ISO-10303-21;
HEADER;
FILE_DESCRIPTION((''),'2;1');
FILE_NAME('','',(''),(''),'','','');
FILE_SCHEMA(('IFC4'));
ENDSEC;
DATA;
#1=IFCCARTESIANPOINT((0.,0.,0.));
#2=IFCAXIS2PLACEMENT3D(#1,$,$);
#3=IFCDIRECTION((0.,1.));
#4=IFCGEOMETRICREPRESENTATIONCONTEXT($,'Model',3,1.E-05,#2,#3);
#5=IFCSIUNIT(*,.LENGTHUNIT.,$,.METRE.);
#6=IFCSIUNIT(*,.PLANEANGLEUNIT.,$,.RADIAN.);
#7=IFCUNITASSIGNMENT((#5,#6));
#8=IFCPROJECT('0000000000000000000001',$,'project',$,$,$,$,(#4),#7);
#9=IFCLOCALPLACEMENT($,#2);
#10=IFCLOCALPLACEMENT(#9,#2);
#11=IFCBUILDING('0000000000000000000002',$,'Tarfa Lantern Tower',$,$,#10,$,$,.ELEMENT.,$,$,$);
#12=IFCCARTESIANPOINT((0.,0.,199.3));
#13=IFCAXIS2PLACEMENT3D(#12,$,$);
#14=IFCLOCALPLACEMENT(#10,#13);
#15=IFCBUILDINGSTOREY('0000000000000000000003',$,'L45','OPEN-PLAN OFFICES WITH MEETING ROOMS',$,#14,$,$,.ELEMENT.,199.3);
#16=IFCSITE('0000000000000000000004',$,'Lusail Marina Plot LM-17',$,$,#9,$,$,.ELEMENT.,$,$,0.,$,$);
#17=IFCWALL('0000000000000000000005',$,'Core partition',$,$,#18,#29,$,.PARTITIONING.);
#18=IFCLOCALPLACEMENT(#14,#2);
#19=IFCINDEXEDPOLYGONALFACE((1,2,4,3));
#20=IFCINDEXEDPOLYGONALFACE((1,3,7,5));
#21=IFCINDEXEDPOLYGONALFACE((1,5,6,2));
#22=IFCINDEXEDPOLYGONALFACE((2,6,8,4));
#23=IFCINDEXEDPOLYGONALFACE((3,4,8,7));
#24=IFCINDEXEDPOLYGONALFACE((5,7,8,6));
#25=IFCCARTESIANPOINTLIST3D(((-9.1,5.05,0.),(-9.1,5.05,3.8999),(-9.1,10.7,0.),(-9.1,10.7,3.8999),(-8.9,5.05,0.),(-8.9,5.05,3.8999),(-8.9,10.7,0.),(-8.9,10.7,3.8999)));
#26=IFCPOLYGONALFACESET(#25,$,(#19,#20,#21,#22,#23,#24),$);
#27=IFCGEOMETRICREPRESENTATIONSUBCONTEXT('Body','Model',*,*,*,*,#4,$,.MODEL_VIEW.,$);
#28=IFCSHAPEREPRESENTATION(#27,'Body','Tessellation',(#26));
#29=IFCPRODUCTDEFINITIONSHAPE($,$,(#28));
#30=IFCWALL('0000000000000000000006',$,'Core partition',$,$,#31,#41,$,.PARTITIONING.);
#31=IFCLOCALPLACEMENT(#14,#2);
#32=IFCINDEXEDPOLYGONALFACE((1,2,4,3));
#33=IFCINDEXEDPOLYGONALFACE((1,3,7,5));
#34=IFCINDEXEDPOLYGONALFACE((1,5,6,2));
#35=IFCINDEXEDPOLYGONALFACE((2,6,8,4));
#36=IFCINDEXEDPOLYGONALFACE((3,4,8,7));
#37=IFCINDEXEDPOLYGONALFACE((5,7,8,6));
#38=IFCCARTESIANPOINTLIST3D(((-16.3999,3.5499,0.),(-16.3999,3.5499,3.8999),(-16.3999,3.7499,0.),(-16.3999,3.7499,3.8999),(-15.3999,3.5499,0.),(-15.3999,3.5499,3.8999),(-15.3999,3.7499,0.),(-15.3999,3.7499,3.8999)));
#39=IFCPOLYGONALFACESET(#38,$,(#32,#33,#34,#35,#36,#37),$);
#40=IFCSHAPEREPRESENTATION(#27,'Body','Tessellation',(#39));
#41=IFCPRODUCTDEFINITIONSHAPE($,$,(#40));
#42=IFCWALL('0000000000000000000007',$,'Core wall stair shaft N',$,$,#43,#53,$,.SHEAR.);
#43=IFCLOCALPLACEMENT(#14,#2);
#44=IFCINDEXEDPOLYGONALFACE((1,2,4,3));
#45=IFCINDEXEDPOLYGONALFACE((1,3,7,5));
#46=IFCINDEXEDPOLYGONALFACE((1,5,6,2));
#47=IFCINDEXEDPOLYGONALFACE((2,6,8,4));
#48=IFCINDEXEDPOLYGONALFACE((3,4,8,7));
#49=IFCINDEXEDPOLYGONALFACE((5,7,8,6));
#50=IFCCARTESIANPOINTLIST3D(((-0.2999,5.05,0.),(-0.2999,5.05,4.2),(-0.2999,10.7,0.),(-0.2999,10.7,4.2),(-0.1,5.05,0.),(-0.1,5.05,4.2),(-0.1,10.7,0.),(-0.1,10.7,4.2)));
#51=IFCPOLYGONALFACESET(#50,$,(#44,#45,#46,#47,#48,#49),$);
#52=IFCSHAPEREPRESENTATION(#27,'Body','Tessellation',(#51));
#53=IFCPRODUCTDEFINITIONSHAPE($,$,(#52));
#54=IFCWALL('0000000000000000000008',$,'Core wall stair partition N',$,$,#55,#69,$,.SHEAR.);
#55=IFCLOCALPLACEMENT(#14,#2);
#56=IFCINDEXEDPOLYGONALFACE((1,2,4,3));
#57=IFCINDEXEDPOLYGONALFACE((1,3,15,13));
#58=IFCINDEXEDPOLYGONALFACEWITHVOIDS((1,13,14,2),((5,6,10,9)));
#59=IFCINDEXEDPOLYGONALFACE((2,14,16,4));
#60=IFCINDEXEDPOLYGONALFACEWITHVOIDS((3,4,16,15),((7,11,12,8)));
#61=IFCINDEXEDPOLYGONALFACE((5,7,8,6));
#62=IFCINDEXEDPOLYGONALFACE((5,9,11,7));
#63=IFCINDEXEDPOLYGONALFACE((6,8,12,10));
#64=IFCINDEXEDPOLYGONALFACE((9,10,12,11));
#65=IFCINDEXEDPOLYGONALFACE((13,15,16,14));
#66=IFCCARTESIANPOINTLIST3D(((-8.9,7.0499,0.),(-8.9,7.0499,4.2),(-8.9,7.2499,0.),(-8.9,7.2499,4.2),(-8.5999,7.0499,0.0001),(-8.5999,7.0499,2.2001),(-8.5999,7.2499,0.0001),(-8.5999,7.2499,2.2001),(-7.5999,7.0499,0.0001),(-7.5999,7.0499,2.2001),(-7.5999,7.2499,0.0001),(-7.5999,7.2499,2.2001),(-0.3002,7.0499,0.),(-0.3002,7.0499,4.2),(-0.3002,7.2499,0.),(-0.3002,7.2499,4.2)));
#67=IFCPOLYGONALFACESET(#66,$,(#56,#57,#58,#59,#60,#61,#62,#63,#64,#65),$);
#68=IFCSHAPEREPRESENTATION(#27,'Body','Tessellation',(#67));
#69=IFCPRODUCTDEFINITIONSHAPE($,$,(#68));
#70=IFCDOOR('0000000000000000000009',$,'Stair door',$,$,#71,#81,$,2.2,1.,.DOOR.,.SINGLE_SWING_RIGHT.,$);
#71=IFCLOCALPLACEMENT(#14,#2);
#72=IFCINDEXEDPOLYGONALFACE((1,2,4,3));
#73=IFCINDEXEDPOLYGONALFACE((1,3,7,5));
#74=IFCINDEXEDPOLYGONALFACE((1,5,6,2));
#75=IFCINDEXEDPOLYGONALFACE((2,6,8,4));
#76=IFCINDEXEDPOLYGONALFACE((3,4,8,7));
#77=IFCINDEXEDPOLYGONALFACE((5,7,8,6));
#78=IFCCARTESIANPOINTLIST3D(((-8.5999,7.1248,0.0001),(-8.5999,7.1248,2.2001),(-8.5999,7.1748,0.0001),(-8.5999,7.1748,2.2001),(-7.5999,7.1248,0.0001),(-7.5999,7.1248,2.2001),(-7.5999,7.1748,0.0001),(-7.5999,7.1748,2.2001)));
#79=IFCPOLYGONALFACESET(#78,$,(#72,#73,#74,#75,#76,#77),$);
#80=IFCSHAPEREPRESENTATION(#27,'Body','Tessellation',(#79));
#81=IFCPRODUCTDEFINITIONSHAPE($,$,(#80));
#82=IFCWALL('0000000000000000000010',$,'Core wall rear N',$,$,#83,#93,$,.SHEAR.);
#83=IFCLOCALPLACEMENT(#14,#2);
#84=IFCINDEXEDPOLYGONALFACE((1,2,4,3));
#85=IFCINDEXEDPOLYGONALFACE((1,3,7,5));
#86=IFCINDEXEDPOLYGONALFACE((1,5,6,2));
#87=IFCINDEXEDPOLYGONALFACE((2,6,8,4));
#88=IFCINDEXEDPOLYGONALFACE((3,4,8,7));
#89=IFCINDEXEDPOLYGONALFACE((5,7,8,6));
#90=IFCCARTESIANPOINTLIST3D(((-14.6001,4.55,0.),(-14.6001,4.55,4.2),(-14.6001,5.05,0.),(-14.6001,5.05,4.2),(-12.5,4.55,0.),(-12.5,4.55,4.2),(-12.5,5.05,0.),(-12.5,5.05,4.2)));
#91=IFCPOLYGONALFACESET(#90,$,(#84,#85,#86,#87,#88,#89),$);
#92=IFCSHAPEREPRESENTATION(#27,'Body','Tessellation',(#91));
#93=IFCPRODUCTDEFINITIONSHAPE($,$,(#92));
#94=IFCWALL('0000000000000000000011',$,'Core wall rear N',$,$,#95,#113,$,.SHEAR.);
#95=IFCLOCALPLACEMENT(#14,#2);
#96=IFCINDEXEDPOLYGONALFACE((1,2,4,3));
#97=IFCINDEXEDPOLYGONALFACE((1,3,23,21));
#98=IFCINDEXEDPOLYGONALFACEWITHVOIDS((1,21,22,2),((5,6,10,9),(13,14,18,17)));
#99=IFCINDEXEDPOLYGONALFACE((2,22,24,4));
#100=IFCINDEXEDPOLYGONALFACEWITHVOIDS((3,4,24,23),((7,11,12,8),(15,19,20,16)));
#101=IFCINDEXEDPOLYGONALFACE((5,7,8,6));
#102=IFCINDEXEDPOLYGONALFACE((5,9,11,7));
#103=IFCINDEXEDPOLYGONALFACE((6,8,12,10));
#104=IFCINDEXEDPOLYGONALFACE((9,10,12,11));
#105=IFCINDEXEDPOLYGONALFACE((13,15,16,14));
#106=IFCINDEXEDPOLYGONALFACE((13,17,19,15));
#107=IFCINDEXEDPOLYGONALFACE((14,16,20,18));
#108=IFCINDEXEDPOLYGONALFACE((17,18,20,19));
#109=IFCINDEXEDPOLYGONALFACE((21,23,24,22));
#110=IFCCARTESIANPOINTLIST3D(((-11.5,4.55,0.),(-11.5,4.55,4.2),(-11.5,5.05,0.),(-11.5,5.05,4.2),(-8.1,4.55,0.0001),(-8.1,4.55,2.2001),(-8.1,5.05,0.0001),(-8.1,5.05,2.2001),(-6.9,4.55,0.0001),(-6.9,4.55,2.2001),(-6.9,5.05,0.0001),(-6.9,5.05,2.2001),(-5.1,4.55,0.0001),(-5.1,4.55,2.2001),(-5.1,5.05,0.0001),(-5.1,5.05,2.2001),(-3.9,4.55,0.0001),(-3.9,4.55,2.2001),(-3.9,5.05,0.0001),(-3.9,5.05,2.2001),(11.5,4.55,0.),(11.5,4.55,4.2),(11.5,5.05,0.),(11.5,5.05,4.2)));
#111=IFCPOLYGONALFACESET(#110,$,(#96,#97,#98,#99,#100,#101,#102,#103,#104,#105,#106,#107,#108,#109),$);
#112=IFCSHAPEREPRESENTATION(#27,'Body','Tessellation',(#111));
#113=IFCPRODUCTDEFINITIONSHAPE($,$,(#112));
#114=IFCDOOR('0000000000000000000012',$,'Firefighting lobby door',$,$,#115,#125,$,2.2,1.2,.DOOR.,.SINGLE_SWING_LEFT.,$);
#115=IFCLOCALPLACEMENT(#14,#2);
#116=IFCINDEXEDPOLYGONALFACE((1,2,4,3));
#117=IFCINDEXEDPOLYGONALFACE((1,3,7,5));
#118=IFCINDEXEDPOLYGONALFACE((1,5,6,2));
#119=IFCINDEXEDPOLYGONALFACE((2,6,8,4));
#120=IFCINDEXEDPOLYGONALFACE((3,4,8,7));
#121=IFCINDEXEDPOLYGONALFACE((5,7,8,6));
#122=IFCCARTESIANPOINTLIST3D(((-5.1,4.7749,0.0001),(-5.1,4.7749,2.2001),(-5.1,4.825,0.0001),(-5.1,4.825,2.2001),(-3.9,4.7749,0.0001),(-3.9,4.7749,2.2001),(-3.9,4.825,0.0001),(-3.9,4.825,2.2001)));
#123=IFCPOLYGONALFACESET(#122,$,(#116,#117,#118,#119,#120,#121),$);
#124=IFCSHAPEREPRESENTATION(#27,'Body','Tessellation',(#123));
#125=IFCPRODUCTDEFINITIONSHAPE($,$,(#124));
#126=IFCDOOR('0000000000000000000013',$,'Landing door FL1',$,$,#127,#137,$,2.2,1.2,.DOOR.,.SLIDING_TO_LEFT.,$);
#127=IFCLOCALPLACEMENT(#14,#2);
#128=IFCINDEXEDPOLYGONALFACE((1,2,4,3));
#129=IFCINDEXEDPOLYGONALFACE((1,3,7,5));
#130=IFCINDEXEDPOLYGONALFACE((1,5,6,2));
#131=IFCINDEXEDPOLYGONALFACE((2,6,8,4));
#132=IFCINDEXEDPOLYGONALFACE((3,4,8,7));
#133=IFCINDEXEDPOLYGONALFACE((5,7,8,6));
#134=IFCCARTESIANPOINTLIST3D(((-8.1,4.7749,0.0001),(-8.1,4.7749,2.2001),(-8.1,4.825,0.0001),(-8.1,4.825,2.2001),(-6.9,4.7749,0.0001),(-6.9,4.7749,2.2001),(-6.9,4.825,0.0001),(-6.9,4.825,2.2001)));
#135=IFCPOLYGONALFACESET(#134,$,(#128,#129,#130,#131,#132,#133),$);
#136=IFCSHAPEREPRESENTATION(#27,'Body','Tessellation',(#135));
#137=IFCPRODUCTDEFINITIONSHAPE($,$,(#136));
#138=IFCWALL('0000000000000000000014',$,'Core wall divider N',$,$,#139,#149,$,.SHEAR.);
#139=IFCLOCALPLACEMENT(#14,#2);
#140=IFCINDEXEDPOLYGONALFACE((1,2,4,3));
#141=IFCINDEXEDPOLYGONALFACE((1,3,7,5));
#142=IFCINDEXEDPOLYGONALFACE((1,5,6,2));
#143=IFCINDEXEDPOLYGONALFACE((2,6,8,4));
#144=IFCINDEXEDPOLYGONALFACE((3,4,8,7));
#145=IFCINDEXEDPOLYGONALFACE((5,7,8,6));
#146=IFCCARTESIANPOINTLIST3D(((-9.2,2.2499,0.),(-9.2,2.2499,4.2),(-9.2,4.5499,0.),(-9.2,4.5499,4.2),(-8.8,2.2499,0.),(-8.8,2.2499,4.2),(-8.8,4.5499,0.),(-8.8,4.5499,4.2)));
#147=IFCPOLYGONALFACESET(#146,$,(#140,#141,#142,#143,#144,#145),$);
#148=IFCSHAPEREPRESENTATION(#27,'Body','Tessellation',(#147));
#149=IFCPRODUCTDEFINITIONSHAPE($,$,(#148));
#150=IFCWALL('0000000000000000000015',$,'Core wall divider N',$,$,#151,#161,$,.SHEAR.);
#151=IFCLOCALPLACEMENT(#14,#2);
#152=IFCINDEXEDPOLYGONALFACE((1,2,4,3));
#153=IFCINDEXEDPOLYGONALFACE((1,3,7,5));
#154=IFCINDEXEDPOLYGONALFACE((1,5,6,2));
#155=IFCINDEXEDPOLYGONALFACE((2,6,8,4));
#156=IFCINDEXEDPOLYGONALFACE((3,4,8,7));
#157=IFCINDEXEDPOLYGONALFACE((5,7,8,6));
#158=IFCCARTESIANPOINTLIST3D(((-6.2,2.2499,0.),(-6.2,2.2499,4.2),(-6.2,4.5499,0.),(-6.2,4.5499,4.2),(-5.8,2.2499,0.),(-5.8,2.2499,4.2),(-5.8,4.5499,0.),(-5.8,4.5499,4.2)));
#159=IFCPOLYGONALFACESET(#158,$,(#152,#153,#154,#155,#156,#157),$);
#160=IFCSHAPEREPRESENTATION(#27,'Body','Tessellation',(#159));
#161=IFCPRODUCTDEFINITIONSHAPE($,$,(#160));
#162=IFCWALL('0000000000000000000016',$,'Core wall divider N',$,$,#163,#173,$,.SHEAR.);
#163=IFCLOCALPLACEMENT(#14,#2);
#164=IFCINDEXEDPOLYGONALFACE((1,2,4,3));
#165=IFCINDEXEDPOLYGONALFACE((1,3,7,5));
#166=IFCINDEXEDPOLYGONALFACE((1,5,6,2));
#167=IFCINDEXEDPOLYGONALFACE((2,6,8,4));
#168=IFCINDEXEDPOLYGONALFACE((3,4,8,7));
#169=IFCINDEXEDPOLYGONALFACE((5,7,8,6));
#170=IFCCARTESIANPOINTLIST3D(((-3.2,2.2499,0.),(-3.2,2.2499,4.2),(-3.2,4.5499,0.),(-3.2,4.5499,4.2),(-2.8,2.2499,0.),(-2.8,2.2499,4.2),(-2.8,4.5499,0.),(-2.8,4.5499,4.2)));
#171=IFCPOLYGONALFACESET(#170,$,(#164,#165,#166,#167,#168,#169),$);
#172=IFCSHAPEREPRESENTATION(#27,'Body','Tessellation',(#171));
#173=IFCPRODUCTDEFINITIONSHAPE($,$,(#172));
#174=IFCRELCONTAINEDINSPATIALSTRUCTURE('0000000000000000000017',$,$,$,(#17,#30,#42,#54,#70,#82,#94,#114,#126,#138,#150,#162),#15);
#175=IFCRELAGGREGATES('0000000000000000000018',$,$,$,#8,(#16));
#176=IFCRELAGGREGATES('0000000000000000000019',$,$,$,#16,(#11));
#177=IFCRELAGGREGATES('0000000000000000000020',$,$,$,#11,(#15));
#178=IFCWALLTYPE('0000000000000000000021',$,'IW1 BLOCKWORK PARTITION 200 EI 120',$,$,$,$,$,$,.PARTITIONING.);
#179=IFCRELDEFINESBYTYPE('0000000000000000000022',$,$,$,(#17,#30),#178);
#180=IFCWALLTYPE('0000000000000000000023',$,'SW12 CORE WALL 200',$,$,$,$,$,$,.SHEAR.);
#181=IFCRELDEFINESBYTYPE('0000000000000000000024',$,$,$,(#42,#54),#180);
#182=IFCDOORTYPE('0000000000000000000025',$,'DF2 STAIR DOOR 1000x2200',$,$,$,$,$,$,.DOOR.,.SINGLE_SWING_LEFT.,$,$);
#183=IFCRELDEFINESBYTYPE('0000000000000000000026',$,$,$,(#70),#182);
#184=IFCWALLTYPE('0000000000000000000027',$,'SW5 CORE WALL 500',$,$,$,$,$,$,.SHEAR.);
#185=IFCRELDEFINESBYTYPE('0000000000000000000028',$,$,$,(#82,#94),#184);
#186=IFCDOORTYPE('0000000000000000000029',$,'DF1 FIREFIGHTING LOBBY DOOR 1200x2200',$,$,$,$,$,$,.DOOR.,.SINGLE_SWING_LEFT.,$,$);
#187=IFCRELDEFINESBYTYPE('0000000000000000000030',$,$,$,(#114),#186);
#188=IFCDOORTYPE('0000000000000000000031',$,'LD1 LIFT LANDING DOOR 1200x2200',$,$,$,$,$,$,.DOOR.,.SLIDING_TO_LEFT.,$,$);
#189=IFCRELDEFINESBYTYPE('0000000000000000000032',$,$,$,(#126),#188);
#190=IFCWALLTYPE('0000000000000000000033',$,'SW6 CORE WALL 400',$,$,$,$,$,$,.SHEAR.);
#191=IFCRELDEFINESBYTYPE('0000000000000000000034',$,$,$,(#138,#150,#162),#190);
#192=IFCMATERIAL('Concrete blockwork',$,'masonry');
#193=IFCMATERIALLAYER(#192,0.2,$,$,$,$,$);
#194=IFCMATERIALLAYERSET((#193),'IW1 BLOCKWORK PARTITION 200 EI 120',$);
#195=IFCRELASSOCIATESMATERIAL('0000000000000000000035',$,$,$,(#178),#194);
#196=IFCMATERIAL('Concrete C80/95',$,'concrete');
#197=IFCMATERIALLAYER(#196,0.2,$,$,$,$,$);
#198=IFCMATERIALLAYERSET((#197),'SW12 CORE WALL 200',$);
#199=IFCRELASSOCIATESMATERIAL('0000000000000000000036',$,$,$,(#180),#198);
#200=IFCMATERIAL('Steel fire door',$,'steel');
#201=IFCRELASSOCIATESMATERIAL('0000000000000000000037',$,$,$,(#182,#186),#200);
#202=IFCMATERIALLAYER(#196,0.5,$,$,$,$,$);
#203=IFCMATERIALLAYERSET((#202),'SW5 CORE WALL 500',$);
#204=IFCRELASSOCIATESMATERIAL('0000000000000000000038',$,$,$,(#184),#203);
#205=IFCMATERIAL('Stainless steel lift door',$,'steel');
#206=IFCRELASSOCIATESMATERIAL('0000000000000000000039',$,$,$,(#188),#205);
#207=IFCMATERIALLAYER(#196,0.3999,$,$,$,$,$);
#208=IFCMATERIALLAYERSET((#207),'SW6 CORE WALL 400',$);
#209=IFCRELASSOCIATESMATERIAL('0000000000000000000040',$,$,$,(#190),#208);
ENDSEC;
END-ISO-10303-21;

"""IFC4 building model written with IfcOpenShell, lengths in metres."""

from ifc_helpers import new_model, si_unit, direction, frame, frame_2d, origin, place, context, subcontext, project, spatial, rectangle, extrude, material, layer, layer_set, type_object, element, fill, save


model = new_model("IFC4")

# Units and contexts
model_context = context("Model", 3, precision=1e-05, world=origin(), true_north=direction((0.0, 1.0)))
body_context = subcontext(model_context, "Body", "Model", "MODEL_VIEW")
ifc_project = project(units=[si_unit("LENGTHUNIT", "METRE"), si_unit("PLANEANGLEUNIT", "RADIAN")], contexts=[model_context])

# Site, building, storey
site_placement = place(None, origin())
site = spatial("IfcSite", under=ifc_project, at=site_placement, Name="Lusail Marina Plot LM-17", CompositionType="ELEMENT", RefElevation=0.0)
building_placement = place(site_placement, origin())
building = spatial("IfcBuilding", under=site, at=building_placement, Name="Tarfa Lantern Tower", CompositionType="ELEMENT")
storey_placement = place(building_placement, frame((0.0, 0.0, 199.3)))
storey = spatial("IfcBuildingStorey", under=building, at=storey_placement, Name="L45", Description="OPEN-PLAN OFFICES WITH MEETING ROOMS", CompositionType="ELEMENT", Elevation=199.3)

# Walls
ifc_material_1 = material(Name="Concrete blockwork", Category="masonry")
ifc_layer_1 = layer(ifc_material_1, 0.2)
ifc_layer_set_1 = layer_set([ifc_layer_1], Name="IW1 BLOCKWORK PARTITION 200 EI 120")
wall_type_1 = type_object("IfcWallType", Name="IW1 BLOCKWORK PARTITION 200 EI 120", PredefinedType="PARTITIONING", material=ifc_layer_set_1)
wall_1_placement = place(storey_placement, frame((-9.0, 5.05, 0.0), z_axis=(0.0, 0.0, 1.0), x_axis=(0.0, 1.0, 0.0)))
element("IfcWall", 1, at=wall_1_placement, inside=storey, type_object=wall_type_1, Name="Core partition", PredefinedType="PARTITIONING", context=body_context, shape_type="SweptSolid", body=[
    extrude(rectangle(XDim=5.6499, YDim=0.2, at=frame_2d((2.825, 0.0))), origin(), (0.0, 0.0, 1.0), 3.8999),
])
wall_2_placement = place(storey_placement, frame((-16.3999, 3.6499, 0.0), z_axis=(0.0, 0.0, 1.0), x_axis=(1.0, 0.0, 0.0)))
element("IfcWall", 2, at=wall_2_placement, inside=storey, type_object=wall_type_1, Name="Core partition", PredefinedType="PARTITIONING", context=body_context, shape_type="SweptSolid", body=[
    extrude(rectangle(XDim=1.0, YDim=0.2, at=frame_2d((0.5, 0.0))), origin(), (0.0, 0.0, 1.0), 3.8999),
])
ifc_material_2 = material(Name="Concrete C80/95", Category="concrete")
ifc_layer_2 = layer(ifc_material_2, 0.2)
ifc_layer_set_2 = layer_set([ifc_layer_2], Name="SW12 CORE WALL 200")
wall_type_2 = type_object("IfcWallType", Name="SW12 CORE WALL 200", PredefinedType="SHEAR", material=ifc_layer_set_2)
wall_3_placement = place(storey_placement, frame((-0.2, 5.05, 0.0), z_axis=(0.0, 0.0, 1.0), x_axis=(0.0, 1.0, 0.0)))
element("IfcWall", 3, at=wall_3_placement, inside=storey, type_object=wall_type_2, Name="Core wall stair shaft N", PredefinedType="SHEAR", context=body_context, shape_type="SweptSolid", body=[
    extrude(rectangle(XDim=5.6499, YDim=0.2, at=frame_2d((2.825, 0.0))), origin(), (0.0, 0.0, 1.0), 4.2),
])

# Wall, opening, door
wall_4_placement = place(storey_placement, frame((-8.8999, 7.1499, 0.0), z_axis=(0.0, 0.0, 1.0), x_axis=(1.0, 0.0, 0.0)))
wall_4 = element("IfcWall", 4, at=wall_4_placement, inside=storey, type_object=wall_type_2, Name="Core wall stair partition N", PredefinedType="SHEAR", context=body_context, shape_type="SweptSolid", body=[
    extrude(rectangle(XDim=8.5999, YDim=0.2, at=frame_2d((4.2998, 0.0))), origin(), (0.0, 0.0, 1.0), 4.2),
])
opening_1_placement = place(wall_4_placement, frame((0.3, 0.0, 0.0)))
opening_1 = element("IfcOpeningElement", 5, at=opening_1_placement, cuts=wall_4, PredefinedType="OPENING", context=body_context, shape_type="SweptSolid", body=[
    extrude(rectangle(XDim=1.0, YDim=2.2, at=frame_2d((0.5, 1.1001))), frame((0.0, 0.1099, 0.0), z_axis=(0.0, -1.0, 0.0), x_axis=(1.0, 0.0, 0.0)), (0.0, 0.0, 1.0), 0.22),
])
ifc_material_3 = material(Name="Steel fire door", Category="steel")
door_type_1 = type_object("IfcDoorType", Name="DF2 STAIR DOOR 1000x2200", OperationType="SINGLE_SWING_LEFT", PredefinedType="DOOR", material=ifc_material_3)
door_1_placement = place(opening_1_placement, origin())
door_1 = element("IfcDoor", 6, at=door_1_placement, inside=storey, type_object=door_type_1, Name="Stair door", OperationType="SINGLE_SWING_RIGHT", OverallHeight=2.2, OverallWidth=1.0, PredefinedType="DOOR", context=body_context, shape_type="SweptSolid", body=[
    extrude(rectangle(XDim=1.0, YDim=2.2, at=frame_2d((0.5, 1.1001))), frame((0.0, 0.0249, 0.0), z_axis=(0.0, -1.0, 0.0), x_axis=(1.0, 0.0, 0.0)), (0.0, 0.0, 1.0), 0.05),
])
fill(opening_1, door_1)

# Wall
ifc_layer_3 = layer(ifc_material_2, 0.5)
ifc_layer_set_3 = layer_set([ifc_layer_3], Name="SW5 CORE WALL 500")
wall_type_3 = type_object("IfcWallType", Name="SW5 CORE WALL 500", PredefinedType="SHEAR", material=ifc_layer_set_3)
wall_5_placement = place(storey_placement, frame((-14.6001, 4.8, 0.0), z_axis=(0.0, 0.0, 1.0), x_axis=(1.0, 0.0, 0.0)))
element("IfcWall", 7, at=wall_5_placement, inside=storey, type_object=wall_type_3, Name="Core wall rear N", PredefinedType="SHEAR", context=body_context, shape_type="SweptSolid", body=[
    extrude(rectangle(XDim=2.1001, YDim=0.5, at=frame_2d((1.05, 0.0))), origin(), (0.0, 0.0, 1.0), 4.2),
])

# Wall, openings, doors
wall_6_placement = place(storey_placement, frame((-11.5, 4.8, 0.0), z_axis=(0.0, 0.0, 1.0), x_axis=(1.0, 0.0, 0.0)))
wall_6 = element("IfcWall", 8, at=wall_6_placement, inside=storey, type_object=wall_type_3, Name="Core wall rear N", PredefinedType="SHEAR", context=body_context, shape_type="SweptSolid", body=[
    extrude(rectangle(XDim=23.0, YDim=0.5, at=frame_2d((11.5, 0.0))), origin(), (0.0, 0.0, 1.0), 4.2),
])
opening_2_placement = place(wall_6_placement, frame((6.3999, 0.0, 0.0)))
opening_2 = element("IfcOpeningElement", 9, at=opening_2_placement, cuts=wall_6, PredefinedType="OPENING", context=body_context, shape_type="SweptSolid", body=[
    extrude(rectangle(XDim=1.2, YDim=2.2, at=frame_2d((0.6001, 1.1001))), frame((0.0, 0.26, 0.0), z_axis=(0.0, -1.0, 0.0), x_axis=(1.0, 0.0, 0.0)), (0.0, 0.0, 1.0), 0.52),
])
opening_3_placement = place(wall_6_placement, frame((3.3999, 0.0, 0.0)))
opening_3 = element("IfcOpeningElement", 10, at=opening_3_placement, cuts=wall_6, PredefinedType="OPENING", context=body_context, shape_type="SweptSolid", body=[
    extrude(rectangle(XDim=1.2, YDim=2.2, at=frame_2d((0.6001, 1.1001))), frame((0.0, 0.26, 0.0), z_axis=(0.0, -1.0, 0.0), x_axis=(1.0, 0.0, 0.0)), (0.0, 0.0, 1.0), 0.52),
])
door_type_2 = type_object("IfcDoorType", Name="DF1 FIREFIGHTING LOBBY DOOR 1200x2200", OperationType="SINGLE_SWING_LEFT", PredefinedType="DOOR", material=ifc_material_3)
door_2_placement = place(opening_2_placement, origin())
door_2 = element("IfcDoor", 11, at=door_2_placement, inside=storey, type_object=door_type_2, Name="Firefighting lobby door", OperationType="SINGLE_SWING_LEFT", OverallHeight=2.2, OverallWidth=1.2, PredefinedType="DOOR", context=body_context, shape_type="SweptSolid", body=[
    extrude(rectangle(XDim=1.2, YDim=2.2, at=frame_2d((0.6001, 1.1001))), frame((0.0, 0.0249, 0.0), z_axis=(0.0, -1.0, 0.0), x_axis=(1.0, 0.0, 0.0)), (0.0, 0.0, 1.0), 0.05),
])
fill(opening_2, door_2)
ifc_material_4 = material(Name="Stainless steel lift door", Category="steel")
door_type_3 = type_object("IfcDoorType", Name="LD1 LIFT LANDING DOOR 1200x2200", OperationType="SLIDING_TO_LEFT", PredefinedType="DOOR", material=ifc_material_4)
door_3_placement = place(opening_3_placement, origin())
door_3 = element("IfcDoor", 12, at=door_3_placement, inside=storey, type_object=door_type_3, Name="Landing door FL1", OperationType="SLIDING_TO_LEFT", OverallHeight=2.2, OverallWidth=1.2, PredefinedType="DOOR", context=body_context, shape_type="SweptSolid", body=[
    extrude(rectangle(XDim=1.2, YDim=2.2, at=frame_2d((0.6001, 1.1001))), frame((0.0, 0.0249, 0.0), z_axis=(0.0, -1.0, 0.0), x_axis=(1.0, 0.0, 0.0)), (0.0, 0.0, 1.0), 0.05),
])
fill(opening_3, door_3)

# Walls
ifc_layer_4 = layer(ifc_material_2, 0.3999)
ifc_layer_set_4 = layer_set([ifc_layer_4], Name="SW6 CORE WALL 400")
wall_type_4 = type_object("IfcWallType", Name="SW6 CORE WALL 400", PredefinedType="SHEAR", material=ifc_layer_set_4)
for number, where, z_axis, x_axis, name in (
    (13, (-9.0, 2.25, 0.0), (0.0, 0.0, 1.0), (0.0, 1.0, 0.0), "Core wall divider N"),
    (14, (-6.0, 2.25, 0.0), (0.0, 0.0, 1.0), (0.0, 1.0, 0.0), "Core wall divider N"),
    (15, (-3.0, 2.25, 0.0), (0.0, 0.0, 1.0), (0.0, 1.0, 0.0), "Core wall divider N"),
):
    element("IfcWall", number, at=place(storey_placement, frame(where, z_axis=z_axis, x_axis=x_axis)), inside=storey, type_object=wall_type_4, Name=name, PredefinedType="SHEAR", context=body_context, shape_type="SweptSolid", body=[
        extrude(rectangle(XDim=2.3, YDim=0.3999, at=frame_2d((1.1499, 0.0))), origin(), (0.0, 0.0, 1.0), 4.2),
    ])

save(model, "model.ifc")
